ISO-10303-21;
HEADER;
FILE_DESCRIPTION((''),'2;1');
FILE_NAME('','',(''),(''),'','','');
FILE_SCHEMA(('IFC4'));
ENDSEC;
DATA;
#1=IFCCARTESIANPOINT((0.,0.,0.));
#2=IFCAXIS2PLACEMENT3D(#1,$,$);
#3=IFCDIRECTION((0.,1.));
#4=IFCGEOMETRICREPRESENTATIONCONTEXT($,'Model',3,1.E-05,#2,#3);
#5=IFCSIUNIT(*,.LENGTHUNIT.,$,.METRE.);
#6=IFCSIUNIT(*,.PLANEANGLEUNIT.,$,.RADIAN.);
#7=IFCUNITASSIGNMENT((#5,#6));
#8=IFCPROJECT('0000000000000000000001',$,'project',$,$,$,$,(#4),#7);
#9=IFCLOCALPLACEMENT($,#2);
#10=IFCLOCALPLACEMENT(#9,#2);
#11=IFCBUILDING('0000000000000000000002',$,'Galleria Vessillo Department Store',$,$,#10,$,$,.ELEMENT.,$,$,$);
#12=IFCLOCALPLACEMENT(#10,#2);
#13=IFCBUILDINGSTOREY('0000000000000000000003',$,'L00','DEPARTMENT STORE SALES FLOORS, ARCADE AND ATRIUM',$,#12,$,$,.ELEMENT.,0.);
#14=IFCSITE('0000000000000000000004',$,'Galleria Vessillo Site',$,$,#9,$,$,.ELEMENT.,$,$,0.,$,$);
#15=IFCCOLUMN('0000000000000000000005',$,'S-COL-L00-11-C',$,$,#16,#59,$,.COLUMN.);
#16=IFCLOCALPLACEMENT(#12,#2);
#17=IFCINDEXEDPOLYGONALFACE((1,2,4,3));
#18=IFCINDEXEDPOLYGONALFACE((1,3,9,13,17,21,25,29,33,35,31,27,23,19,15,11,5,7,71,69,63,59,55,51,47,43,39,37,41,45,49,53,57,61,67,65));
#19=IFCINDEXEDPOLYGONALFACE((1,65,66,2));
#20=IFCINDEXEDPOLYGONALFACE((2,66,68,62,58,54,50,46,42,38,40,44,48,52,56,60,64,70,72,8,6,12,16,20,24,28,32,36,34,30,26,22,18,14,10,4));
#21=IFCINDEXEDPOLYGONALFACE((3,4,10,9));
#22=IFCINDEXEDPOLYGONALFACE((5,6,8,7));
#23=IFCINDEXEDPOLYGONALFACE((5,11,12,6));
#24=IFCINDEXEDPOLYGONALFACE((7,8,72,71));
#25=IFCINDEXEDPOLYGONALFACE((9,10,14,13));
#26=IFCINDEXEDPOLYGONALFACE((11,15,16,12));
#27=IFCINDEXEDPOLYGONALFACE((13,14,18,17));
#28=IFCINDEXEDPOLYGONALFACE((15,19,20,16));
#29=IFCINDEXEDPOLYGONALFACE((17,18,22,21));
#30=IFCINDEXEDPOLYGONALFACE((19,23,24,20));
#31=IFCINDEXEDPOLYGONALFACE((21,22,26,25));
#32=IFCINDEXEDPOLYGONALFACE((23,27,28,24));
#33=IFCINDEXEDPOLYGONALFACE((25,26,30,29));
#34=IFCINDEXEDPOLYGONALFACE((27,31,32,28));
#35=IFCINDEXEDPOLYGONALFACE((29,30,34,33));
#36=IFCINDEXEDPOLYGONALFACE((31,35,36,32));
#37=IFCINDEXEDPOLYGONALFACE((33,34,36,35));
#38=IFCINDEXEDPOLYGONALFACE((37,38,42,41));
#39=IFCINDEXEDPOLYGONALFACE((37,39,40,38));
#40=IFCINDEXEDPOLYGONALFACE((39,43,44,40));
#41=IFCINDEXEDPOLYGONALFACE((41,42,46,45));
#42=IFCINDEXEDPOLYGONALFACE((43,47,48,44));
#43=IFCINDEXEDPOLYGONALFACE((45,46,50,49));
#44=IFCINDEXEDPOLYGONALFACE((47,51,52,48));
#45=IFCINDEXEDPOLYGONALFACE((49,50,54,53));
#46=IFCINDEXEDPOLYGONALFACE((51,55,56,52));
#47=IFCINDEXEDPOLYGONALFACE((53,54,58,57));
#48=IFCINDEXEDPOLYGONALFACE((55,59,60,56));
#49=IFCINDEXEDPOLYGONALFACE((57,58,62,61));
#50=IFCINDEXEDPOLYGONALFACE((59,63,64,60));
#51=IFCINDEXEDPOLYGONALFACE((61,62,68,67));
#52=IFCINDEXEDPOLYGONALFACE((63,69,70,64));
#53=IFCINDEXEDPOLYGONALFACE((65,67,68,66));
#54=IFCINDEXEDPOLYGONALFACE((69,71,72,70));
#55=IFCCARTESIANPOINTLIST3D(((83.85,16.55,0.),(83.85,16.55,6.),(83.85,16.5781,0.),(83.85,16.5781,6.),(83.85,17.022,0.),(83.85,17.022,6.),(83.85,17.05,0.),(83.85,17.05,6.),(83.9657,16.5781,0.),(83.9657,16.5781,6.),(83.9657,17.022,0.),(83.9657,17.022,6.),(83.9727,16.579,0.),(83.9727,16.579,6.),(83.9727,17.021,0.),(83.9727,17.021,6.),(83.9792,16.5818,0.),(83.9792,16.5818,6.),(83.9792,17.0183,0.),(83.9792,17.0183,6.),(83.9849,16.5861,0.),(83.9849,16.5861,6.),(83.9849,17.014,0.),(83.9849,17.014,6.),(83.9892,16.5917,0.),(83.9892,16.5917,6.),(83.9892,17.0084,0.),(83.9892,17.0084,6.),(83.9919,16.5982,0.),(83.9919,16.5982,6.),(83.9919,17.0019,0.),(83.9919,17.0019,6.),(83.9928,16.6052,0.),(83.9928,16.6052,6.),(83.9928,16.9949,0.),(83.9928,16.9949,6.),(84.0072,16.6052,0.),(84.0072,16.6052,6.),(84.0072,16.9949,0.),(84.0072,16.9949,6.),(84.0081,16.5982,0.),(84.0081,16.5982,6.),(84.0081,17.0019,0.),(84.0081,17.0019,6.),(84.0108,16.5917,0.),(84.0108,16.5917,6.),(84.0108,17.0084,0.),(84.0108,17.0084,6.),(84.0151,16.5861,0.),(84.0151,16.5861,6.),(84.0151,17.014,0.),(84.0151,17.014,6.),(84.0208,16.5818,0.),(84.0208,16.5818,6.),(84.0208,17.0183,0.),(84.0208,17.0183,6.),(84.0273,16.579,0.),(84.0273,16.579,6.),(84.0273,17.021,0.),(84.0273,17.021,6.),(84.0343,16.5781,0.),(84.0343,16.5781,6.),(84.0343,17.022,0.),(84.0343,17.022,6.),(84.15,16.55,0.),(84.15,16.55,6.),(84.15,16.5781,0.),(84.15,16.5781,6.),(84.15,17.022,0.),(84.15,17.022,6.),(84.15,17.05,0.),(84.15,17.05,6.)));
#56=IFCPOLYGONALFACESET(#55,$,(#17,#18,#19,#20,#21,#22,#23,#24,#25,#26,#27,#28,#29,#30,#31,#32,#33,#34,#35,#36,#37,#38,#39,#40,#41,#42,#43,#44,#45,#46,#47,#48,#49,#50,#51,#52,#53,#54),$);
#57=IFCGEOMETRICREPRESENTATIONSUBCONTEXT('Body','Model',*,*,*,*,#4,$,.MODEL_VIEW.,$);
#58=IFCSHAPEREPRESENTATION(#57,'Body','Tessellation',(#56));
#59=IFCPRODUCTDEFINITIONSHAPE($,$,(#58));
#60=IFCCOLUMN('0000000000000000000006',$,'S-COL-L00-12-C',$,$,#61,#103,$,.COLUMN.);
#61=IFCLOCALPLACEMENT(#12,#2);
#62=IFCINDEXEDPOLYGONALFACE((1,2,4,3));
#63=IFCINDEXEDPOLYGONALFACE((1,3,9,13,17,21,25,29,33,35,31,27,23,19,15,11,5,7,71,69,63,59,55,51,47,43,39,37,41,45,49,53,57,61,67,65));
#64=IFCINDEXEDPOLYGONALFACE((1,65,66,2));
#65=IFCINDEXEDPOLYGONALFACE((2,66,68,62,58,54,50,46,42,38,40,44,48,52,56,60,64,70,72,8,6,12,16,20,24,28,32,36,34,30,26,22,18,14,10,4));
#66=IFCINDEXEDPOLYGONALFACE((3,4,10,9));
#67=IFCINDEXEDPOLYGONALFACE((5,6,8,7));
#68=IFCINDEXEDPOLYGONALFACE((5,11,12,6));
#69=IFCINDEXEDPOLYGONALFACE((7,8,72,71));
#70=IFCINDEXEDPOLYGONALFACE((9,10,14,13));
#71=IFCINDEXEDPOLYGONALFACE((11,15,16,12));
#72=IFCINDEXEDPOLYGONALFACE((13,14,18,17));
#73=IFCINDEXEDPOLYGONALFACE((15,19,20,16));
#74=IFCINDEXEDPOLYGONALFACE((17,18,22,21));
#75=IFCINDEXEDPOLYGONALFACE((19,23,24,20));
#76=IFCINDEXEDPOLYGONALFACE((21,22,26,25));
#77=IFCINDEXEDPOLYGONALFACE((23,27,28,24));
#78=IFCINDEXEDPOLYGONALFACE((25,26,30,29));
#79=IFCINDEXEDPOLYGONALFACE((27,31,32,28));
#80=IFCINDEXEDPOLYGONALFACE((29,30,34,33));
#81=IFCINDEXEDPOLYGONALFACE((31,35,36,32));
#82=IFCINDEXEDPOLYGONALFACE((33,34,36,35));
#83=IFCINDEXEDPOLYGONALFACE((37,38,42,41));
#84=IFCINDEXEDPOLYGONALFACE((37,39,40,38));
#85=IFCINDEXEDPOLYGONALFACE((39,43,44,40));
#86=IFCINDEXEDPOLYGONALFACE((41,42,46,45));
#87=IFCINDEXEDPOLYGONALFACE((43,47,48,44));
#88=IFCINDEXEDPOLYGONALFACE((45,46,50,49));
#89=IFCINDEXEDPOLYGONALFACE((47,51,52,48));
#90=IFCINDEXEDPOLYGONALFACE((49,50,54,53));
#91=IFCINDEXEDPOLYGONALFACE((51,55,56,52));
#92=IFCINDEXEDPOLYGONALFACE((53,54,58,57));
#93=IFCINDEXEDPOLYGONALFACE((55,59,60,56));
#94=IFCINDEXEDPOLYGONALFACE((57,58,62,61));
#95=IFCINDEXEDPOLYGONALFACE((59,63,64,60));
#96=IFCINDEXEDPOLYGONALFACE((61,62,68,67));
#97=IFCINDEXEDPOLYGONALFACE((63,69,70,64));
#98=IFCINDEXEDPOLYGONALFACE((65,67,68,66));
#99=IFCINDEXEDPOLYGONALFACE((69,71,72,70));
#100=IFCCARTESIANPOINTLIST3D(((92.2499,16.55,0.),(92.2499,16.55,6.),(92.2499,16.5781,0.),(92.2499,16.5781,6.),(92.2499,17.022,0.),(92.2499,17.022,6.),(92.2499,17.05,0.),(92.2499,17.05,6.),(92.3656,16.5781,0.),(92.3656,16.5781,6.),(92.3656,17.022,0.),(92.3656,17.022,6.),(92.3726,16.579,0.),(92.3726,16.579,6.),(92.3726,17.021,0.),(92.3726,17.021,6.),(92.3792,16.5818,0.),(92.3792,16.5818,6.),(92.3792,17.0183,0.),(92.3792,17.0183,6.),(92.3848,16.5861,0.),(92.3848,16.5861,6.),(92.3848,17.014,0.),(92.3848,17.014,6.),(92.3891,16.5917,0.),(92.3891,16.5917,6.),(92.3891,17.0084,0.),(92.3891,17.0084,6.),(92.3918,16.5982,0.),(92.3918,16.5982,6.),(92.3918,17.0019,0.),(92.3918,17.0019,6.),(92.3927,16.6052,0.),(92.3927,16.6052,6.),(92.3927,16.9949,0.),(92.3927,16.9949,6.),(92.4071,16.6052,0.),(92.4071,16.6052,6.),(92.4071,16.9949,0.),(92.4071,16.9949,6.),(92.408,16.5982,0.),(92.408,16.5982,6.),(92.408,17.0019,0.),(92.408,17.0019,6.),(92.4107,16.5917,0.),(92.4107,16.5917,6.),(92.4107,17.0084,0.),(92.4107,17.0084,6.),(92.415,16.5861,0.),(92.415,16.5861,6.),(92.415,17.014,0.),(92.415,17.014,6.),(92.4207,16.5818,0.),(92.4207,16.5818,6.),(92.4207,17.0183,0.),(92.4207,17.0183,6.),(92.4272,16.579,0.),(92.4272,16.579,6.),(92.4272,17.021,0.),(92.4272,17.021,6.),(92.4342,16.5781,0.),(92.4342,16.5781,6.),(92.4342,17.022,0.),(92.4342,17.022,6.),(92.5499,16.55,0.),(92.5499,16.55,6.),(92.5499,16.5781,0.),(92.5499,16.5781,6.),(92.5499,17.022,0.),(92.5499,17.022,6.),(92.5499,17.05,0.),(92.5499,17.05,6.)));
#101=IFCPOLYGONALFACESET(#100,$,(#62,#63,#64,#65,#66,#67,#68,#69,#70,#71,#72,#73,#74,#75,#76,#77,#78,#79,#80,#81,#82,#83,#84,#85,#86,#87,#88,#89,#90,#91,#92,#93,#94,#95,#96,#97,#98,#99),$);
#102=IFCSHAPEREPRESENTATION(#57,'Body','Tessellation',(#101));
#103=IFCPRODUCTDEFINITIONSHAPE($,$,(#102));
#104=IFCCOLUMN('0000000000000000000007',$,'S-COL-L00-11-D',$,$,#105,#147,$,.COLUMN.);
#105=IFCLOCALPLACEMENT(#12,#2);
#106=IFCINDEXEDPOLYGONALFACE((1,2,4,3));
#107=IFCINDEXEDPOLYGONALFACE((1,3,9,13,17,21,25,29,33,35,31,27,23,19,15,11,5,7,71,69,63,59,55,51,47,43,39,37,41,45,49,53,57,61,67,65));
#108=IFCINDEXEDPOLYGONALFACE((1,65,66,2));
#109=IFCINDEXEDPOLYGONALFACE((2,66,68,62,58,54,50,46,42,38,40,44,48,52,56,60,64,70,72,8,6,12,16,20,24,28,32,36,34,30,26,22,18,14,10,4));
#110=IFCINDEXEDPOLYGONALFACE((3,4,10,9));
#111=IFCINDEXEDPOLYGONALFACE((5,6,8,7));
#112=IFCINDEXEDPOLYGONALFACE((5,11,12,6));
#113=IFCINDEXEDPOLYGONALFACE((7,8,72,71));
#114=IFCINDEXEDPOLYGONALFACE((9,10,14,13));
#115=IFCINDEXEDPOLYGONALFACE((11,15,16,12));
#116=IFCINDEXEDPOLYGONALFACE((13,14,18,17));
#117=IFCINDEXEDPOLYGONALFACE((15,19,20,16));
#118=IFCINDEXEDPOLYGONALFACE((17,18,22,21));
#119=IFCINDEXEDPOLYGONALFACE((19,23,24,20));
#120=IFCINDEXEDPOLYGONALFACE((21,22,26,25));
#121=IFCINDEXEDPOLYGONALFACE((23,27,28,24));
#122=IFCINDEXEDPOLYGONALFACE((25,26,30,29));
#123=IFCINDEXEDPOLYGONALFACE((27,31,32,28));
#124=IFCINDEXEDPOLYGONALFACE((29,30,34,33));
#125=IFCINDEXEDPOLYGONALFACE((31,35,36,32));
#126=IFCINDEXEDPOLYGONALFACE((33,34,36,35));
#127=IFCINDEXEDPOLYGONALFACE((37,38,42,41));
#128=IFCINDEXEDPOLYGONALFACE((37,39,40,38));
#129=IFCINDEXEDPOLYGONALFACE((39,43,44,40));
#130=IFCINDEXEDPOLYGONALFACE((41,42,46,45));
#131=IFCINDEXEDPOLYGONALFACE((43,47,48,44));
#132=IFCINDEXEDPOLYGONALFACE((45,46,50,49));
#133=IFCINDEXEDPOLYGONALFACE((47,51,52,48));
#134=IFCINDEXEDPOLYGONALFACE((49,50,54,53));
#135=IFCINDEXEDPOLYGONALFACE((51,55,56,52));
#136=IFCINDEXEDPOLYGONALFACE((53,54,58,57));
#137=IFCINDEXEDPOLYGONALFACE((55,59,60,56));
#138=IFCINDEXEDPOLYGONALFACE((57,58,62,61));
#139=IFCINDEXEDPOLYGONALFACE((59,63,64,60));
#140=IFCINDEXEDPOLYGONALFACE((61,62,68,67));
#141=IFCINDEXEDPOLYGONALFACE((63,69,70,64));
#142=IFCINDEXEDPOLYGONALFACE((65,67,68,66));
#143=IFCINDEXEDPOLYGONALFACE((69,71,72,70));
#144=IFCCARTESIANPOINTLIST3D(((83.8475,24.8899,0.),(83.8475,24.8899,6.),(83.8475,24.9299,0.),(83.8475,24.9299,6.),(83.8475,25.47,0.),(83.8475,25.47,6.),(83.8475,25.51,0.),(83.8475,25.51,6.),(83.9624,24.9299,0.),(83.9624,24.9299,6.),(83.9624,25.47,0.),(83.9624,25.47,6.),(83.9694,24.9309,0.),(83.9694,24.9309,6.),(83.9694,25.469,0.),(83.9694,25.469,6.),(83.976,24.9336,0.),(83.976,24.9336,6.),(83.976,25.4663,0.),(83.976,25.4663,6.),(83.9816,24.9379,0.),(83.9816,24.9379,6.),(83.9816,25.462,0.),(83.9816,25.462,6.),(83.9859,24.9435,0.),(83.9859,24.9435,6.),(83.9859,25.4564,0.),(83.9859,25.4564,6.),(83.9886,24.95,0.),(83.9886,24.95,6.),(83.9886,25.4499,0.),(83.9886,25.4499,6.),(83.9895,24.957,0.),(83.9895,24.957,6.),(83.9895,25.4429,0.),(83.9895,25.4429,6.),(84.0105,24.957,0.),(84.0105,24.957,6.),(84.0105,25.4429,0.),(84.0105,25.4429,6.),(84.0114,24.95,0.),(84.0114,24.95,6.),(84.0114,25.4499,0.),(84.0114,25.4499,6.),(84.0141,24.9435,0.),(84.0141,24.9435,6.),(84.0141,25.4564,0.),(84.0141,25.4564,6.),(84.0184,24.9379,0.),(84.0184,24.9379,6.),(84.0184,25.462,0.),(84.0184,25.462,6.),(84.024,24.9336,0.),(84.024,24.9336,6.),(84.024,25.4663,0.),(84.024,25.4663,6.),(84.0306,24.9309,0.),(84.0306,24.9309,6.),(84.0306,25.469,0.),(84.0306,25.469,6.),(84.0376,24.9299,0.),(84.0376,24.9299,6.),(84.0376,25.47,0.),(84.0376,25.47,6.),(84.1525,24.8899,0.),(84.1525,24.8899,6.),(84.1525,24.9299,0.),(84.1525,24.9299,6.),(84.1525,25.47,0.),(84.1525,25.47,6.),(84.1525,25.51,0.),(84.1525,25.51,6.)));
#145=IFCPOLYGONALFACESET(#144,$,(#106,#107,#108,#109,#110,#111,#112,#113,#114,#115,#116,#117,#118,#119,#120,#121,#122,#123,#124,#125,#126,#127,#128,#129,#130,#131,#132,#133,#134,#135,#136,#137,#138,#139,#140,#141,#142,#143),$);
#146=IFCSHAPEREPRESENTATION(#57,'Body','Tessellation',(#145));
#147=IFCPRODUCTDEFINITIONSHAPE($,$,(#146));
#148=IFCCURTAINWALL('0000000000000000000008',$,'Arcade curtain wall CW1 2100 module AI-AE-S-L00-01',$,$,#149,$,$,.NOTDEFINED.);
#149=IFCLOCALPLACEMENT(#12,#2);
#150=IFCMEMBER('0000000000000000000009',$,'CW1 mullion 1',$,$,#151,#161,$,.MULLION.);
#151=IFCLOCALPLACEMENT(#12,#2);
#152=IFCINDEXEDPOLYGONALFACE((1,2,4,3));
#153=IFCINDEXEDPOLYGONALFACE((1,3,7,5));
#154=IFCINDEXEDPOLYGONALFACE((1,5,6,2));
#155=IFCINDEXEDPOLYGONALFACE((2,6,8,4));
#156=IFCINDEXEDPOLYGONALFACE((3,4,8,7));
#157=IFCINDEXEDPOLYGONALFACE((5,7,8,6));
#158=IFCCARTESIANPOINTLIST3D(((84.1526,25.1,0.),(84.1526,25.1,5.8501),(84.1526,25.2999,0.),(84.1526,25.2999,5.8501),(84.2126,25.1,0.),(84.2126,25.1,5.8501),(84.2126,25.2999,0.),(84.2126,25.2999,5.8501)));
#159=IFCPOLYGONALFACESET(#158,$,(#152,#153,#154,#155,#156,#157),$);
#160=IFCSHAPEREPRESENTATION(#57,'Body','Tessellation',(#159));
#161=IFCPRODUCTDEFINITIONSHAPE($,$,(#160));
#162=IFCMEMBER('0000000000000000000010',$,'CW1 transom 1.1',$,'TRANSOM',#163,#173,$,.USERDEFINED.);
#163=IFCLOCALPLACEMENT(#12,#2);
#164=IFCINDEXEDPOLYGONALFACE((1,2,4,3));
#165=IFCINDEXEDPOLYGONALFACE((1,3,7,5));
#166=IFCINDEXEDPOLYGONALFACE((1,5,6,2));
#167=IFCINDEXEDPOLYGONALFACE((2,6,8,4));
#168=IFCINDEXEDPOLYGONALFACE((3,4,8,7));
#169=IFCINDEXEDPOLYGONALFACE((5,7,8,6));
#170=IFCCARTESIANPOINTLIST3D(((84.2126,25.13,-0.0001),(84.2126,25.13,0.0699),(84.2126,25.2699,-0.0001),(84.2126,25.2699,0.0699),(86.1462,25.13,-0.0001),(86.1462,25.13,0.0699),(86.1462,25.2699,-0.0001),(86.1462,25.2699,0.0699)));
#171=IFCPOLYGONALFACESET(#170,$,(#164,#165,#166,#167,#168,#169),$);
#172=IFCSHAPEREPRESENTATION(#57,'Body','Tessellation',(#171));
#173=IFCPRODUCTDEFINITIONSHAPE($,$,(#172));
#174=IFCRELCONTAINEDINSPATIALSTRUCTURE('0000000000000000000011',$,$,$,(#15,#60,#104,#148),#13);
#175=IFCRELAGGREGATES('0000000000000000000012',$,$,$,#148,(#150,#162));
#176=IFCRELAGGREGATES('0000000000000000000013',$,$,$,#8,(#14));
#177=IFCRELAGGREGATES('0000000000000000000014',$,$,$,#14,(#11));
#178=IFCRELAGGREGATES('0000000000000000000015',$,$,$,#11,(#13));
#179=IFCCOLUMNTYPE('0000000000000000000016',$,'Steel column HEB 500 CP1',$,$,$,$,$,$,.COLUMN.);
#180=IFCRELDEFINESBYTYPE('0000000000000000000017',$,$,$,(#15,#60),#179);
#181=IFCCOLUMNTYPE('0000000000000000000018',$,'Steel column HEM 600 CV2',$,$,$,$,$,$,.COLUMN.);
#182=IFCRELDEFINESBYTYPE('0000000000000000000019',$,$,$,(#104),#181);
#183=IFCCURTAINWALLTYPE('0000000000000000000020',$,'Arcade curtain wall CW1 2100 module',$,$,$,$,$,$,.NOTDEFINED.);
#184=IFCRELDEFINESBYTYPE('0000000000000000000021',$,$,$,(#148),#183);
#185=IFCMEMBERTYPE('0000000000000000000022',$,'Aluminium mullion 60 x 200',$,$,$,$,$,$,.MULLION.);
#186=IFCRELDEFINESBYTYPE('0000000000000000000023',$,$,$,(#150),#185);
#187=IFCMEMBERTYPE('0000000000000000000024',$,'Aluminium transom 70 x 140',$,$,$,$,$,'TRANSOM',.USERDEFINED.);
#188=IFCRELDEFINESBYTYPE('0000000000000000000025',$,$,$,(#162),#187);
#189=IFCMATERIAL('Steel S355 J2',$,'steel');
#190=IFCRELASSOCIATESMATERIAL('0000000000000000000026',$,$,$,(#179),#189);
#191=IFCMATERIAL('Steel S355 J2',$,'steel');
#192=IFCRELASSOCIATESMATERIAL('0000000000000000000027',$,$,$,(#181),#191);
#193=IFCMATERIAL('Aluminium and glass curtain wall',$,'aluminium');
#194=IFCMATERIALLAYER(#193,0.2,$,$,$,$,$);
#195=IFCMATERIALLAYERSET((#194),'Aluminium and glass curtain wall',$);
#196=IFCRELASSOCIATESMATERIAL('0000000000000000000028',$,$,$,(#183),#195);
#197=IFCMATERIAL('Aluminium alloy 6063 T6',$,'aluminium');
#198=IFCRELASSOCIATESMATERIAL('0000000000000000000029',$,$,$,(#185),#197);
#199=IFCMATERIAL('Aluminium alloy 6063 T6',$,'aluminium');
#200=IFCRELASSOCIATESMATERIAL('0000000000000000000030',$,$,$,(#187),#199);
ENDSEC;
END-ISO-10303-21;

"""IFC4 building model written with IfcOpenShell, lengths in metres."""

from ifc_helpers import new_model, si_unit, direction, frame, origin, origin_2d, place, context, subcontext, project, spatial, rectangle, i_section, extrude, material, layer, layer_set, material_profile, profile_set, type_object, element, aggregate, save


model = new_model("IFC4")

# Units and contexts
model_context = context("Model", 3, precision=1e-05, world=origin(), true_north=direction((0.0, 1.0)))
body_context = subcontext(model_context, "Body", "Model", "MODEL_VIEW")
ifc_project = project(units=[si_unit("LENGTHUNIT", "METRE"), si_unit("PLANEANGLEUNIT", "RADIAN")], contexts=[model_context])

# Site, building, storey
site_placement = place(None, origin())
site = spatial("IfcSite", under=ifc_project, at=site_placement, Name="Galleria Vessillo Site", CompositionType="ELEMENT", RefElevation=0.0)
building_placement = place(site_placement, origin())
building = spatial("IfcBuilding", under=site, at=building_placement, Name="Galleria Vessillo Department Store", CompositionType="ELEMENT")
storey_placement = place(building_placement, origin())
storey = spatial("IfcBuildingStorey", under=building, at=storey_placement, Name="L00", Description="DEPARTMENT STORE SALES FLOORS, ARCADE AND ATRIUM", CompositionType="ELEMENT", Elevation=0.0)

# Columns
ifc_material_1 = material(Name="Steel S355 J2", Category="steel")
ifc_material_profile_1 = material_profile(ifc_material_1, i_section(OverallWidth=0.3, OverallDepth=0.5, WebThickness=0.0144, FlangeThickness=0.0281, FilletRadius=0.0271, at=origin_2d()), Name="HEB 500")
ifc_profile_set_1 = profile_set([ifc_material_profile_1], Name="Steel S355 J2")
column_type_1 = type_object("IfcColumnType", Name="Steel column HEB 500 CP1", PredefinedType="COLUMN", material=ifc_profile_set_1)
for number, where, z_axis, x_axis, name in (
    (1, (84.0, 16.8, 0.0), (0.0, 0.0, 1.0), (1.0, 0.0, 0.0), "S-COL-L00-11-C"),
    (2, (92.3999, 16.8, 0.0), (0.0, 0.0, 1.0), (1.0, 0.0, 0.0), "S-COL-L00-12-C"),
):
    element("IfcColumn", number, at=place(storey_placement, frame(where, z_axis=z_axis, x_axis=x_axis)), inside=storey, type_object=column_type_1, Name=name, PredefinedType="COLUMN", context=body_context, shape_type="SweptSolid", body=[
        extrude(i_section(OverallWidth=0.3, OverallDepth=0.5, WebThickness=0.0144, FlangeThickness=0.0281, FilletRadius=0.0271, at=origin_2d()), origin(), (0.0, 0.0, 1.0), 6.0),
    ])
ifc_material_2 = material(Name="Steel S355 J2", Category="steel")
ifc_material_profile_2 = material_profile(ifc_material_2, i_section(OverallWidth=0.3049, OverallDepth=0.6201, WebThickness=0.021, FlangeThickness=0.04, FilletRadius=0.0271, at=origin_2d()), Name="HEM 600")
ifc_profile_set_2 = profile_set([ifc_material_profile_2], Name="Steel S355 J2")
column_type_2 = type_object("IfcColumnType", Name="Steel column HEM 600 CV2", PredefinedType="COLUMN", material=ifc_profile_set_2)
column_placement = place(storey_placement, frame((84.0, 25.2, 0.0), z_axis=(0.0, 0.0, 1.0), x_axis=(1.0, 0.0, 0.0)))
element("IfcColumn", 3, at=column_placement, inside=storey, type_object=column_type_2, Name="S-COL-L00-11-D", PredefinedType="COLUMN", context=body_context, shape_type="SweptSolid", body=[
    extrude(i_section(OverallWidth=0.3049, OverallDepth=0.6201, WebThickness=0.021, FlangeThickness=0.04, FilletRadius=0.0271, at=origin_2d()), origin(), (0.0, 0.0, 1.0), 6.0),
])

# Curtain wall, members
ifc_material_3 = material(Name="Aluminium and glass curtain wall", Category="aluminium")
ifc_layer = layer(ifc_material_3, 0.2)
ifc_layer_set = layer_set([ifc_layer], Name="Aluminium and glass curtain wall")
curtain_wall_type = type_object("IfcCurtainWallType", Name="Arcade curtain wall CW1 2100 module", PredefinedType="NOTDEFINED", material=ifc_layer_set)
curtain_wall_placement = place(storey_placement, origin())
curtain_wall = element("IfcCurtainWall", 4, at=curtain_wall_placement, inside=storey, type_object=curtain_wall_type, Name="Arcade curtain wall CW1 2100 module AI-AE-S-L00-01", PredefinedType="NOTDEFINED")
ifc_material_4 = material(Name="Aluminium alloy 6063 T6", Category="aluminium")
ifc_material_profile_3 = material_profile(ifc_material_4, rectangle(XDim=0.2, YDim=0.0601, at=origin_2d()), Name="AL 60x200")
ifc_profile_set_3 = profile_set([ifc_material_profile_3], Name="Aluminium alloy 6063 T6")
member_type_1 = type_object("IfcMemberType", Name="Aluminium mullion 60 x 200", PredefinedType="MULLION", material=ifc_profile_set_3)
member_1_placement = place(storey_placement, frame((84.1826, 25.2, 0.0), z_axis=(0.0, 0.0, 1.0), x_axis=(0.0, 1.0, 0.0)))
member_1 = element("IfcMember", 5, at=member_1_placement, type_object=member_type_1, Name="CW1 mullion 1", PredefinedType="MULLION", context=body_context, shape_type="SweptSolid", body=[
    extrude(rectangle(XDim=0.2, YDim=0.0601, at=origin_2d()), origin(), (0.0, 0.0, 1.0), 5.8501),
])
ifc_material_5 = material(Name="Aluminium alloy 6063 T6", Category="aluminium")
ifc_material_profile_4 = material_profile(ifc_material_5, rectangle(XDim=0.1399, YDim=0.0701, at=origin_2d()), Name="AL 70x140")
ifc_profile_set_4 = profile_set([ifc_material_profile_4], Name="Aluminium alloy 6063 T6")
member_type_2 = type_object("IfcMemberType", Name="Aluminium transom 70 x 140", ElementType="TRANSOM", PredefinedType="USERDEFINED", material=ifc_profile_set_4)
member_2_placement = place(storey_placement, frame((84.2126, 25.2, 0.0349), z_axis=(1.0, 0.0, 0.0), x_axis=(0.0, 1.0, 0.0)))
member_2 = element("IfcMember", 6, at=member_2_placement, type_object=member_type_2, Name="CW1 transom 1.1", ObjectType="TRANSOM", PredefinedType="USERDEFINED", context=body_context, shape_type="SweptSolid", body=[
    extrude(rectangle(XDim=0.1399, YDim=0.0701, at=origin_2d()), origin(), (0.0, 0.0, 1.0), 1.9336),
])
aggregate(curtain_wall, [member_1, member_2])

save(model, "model.ifc")
